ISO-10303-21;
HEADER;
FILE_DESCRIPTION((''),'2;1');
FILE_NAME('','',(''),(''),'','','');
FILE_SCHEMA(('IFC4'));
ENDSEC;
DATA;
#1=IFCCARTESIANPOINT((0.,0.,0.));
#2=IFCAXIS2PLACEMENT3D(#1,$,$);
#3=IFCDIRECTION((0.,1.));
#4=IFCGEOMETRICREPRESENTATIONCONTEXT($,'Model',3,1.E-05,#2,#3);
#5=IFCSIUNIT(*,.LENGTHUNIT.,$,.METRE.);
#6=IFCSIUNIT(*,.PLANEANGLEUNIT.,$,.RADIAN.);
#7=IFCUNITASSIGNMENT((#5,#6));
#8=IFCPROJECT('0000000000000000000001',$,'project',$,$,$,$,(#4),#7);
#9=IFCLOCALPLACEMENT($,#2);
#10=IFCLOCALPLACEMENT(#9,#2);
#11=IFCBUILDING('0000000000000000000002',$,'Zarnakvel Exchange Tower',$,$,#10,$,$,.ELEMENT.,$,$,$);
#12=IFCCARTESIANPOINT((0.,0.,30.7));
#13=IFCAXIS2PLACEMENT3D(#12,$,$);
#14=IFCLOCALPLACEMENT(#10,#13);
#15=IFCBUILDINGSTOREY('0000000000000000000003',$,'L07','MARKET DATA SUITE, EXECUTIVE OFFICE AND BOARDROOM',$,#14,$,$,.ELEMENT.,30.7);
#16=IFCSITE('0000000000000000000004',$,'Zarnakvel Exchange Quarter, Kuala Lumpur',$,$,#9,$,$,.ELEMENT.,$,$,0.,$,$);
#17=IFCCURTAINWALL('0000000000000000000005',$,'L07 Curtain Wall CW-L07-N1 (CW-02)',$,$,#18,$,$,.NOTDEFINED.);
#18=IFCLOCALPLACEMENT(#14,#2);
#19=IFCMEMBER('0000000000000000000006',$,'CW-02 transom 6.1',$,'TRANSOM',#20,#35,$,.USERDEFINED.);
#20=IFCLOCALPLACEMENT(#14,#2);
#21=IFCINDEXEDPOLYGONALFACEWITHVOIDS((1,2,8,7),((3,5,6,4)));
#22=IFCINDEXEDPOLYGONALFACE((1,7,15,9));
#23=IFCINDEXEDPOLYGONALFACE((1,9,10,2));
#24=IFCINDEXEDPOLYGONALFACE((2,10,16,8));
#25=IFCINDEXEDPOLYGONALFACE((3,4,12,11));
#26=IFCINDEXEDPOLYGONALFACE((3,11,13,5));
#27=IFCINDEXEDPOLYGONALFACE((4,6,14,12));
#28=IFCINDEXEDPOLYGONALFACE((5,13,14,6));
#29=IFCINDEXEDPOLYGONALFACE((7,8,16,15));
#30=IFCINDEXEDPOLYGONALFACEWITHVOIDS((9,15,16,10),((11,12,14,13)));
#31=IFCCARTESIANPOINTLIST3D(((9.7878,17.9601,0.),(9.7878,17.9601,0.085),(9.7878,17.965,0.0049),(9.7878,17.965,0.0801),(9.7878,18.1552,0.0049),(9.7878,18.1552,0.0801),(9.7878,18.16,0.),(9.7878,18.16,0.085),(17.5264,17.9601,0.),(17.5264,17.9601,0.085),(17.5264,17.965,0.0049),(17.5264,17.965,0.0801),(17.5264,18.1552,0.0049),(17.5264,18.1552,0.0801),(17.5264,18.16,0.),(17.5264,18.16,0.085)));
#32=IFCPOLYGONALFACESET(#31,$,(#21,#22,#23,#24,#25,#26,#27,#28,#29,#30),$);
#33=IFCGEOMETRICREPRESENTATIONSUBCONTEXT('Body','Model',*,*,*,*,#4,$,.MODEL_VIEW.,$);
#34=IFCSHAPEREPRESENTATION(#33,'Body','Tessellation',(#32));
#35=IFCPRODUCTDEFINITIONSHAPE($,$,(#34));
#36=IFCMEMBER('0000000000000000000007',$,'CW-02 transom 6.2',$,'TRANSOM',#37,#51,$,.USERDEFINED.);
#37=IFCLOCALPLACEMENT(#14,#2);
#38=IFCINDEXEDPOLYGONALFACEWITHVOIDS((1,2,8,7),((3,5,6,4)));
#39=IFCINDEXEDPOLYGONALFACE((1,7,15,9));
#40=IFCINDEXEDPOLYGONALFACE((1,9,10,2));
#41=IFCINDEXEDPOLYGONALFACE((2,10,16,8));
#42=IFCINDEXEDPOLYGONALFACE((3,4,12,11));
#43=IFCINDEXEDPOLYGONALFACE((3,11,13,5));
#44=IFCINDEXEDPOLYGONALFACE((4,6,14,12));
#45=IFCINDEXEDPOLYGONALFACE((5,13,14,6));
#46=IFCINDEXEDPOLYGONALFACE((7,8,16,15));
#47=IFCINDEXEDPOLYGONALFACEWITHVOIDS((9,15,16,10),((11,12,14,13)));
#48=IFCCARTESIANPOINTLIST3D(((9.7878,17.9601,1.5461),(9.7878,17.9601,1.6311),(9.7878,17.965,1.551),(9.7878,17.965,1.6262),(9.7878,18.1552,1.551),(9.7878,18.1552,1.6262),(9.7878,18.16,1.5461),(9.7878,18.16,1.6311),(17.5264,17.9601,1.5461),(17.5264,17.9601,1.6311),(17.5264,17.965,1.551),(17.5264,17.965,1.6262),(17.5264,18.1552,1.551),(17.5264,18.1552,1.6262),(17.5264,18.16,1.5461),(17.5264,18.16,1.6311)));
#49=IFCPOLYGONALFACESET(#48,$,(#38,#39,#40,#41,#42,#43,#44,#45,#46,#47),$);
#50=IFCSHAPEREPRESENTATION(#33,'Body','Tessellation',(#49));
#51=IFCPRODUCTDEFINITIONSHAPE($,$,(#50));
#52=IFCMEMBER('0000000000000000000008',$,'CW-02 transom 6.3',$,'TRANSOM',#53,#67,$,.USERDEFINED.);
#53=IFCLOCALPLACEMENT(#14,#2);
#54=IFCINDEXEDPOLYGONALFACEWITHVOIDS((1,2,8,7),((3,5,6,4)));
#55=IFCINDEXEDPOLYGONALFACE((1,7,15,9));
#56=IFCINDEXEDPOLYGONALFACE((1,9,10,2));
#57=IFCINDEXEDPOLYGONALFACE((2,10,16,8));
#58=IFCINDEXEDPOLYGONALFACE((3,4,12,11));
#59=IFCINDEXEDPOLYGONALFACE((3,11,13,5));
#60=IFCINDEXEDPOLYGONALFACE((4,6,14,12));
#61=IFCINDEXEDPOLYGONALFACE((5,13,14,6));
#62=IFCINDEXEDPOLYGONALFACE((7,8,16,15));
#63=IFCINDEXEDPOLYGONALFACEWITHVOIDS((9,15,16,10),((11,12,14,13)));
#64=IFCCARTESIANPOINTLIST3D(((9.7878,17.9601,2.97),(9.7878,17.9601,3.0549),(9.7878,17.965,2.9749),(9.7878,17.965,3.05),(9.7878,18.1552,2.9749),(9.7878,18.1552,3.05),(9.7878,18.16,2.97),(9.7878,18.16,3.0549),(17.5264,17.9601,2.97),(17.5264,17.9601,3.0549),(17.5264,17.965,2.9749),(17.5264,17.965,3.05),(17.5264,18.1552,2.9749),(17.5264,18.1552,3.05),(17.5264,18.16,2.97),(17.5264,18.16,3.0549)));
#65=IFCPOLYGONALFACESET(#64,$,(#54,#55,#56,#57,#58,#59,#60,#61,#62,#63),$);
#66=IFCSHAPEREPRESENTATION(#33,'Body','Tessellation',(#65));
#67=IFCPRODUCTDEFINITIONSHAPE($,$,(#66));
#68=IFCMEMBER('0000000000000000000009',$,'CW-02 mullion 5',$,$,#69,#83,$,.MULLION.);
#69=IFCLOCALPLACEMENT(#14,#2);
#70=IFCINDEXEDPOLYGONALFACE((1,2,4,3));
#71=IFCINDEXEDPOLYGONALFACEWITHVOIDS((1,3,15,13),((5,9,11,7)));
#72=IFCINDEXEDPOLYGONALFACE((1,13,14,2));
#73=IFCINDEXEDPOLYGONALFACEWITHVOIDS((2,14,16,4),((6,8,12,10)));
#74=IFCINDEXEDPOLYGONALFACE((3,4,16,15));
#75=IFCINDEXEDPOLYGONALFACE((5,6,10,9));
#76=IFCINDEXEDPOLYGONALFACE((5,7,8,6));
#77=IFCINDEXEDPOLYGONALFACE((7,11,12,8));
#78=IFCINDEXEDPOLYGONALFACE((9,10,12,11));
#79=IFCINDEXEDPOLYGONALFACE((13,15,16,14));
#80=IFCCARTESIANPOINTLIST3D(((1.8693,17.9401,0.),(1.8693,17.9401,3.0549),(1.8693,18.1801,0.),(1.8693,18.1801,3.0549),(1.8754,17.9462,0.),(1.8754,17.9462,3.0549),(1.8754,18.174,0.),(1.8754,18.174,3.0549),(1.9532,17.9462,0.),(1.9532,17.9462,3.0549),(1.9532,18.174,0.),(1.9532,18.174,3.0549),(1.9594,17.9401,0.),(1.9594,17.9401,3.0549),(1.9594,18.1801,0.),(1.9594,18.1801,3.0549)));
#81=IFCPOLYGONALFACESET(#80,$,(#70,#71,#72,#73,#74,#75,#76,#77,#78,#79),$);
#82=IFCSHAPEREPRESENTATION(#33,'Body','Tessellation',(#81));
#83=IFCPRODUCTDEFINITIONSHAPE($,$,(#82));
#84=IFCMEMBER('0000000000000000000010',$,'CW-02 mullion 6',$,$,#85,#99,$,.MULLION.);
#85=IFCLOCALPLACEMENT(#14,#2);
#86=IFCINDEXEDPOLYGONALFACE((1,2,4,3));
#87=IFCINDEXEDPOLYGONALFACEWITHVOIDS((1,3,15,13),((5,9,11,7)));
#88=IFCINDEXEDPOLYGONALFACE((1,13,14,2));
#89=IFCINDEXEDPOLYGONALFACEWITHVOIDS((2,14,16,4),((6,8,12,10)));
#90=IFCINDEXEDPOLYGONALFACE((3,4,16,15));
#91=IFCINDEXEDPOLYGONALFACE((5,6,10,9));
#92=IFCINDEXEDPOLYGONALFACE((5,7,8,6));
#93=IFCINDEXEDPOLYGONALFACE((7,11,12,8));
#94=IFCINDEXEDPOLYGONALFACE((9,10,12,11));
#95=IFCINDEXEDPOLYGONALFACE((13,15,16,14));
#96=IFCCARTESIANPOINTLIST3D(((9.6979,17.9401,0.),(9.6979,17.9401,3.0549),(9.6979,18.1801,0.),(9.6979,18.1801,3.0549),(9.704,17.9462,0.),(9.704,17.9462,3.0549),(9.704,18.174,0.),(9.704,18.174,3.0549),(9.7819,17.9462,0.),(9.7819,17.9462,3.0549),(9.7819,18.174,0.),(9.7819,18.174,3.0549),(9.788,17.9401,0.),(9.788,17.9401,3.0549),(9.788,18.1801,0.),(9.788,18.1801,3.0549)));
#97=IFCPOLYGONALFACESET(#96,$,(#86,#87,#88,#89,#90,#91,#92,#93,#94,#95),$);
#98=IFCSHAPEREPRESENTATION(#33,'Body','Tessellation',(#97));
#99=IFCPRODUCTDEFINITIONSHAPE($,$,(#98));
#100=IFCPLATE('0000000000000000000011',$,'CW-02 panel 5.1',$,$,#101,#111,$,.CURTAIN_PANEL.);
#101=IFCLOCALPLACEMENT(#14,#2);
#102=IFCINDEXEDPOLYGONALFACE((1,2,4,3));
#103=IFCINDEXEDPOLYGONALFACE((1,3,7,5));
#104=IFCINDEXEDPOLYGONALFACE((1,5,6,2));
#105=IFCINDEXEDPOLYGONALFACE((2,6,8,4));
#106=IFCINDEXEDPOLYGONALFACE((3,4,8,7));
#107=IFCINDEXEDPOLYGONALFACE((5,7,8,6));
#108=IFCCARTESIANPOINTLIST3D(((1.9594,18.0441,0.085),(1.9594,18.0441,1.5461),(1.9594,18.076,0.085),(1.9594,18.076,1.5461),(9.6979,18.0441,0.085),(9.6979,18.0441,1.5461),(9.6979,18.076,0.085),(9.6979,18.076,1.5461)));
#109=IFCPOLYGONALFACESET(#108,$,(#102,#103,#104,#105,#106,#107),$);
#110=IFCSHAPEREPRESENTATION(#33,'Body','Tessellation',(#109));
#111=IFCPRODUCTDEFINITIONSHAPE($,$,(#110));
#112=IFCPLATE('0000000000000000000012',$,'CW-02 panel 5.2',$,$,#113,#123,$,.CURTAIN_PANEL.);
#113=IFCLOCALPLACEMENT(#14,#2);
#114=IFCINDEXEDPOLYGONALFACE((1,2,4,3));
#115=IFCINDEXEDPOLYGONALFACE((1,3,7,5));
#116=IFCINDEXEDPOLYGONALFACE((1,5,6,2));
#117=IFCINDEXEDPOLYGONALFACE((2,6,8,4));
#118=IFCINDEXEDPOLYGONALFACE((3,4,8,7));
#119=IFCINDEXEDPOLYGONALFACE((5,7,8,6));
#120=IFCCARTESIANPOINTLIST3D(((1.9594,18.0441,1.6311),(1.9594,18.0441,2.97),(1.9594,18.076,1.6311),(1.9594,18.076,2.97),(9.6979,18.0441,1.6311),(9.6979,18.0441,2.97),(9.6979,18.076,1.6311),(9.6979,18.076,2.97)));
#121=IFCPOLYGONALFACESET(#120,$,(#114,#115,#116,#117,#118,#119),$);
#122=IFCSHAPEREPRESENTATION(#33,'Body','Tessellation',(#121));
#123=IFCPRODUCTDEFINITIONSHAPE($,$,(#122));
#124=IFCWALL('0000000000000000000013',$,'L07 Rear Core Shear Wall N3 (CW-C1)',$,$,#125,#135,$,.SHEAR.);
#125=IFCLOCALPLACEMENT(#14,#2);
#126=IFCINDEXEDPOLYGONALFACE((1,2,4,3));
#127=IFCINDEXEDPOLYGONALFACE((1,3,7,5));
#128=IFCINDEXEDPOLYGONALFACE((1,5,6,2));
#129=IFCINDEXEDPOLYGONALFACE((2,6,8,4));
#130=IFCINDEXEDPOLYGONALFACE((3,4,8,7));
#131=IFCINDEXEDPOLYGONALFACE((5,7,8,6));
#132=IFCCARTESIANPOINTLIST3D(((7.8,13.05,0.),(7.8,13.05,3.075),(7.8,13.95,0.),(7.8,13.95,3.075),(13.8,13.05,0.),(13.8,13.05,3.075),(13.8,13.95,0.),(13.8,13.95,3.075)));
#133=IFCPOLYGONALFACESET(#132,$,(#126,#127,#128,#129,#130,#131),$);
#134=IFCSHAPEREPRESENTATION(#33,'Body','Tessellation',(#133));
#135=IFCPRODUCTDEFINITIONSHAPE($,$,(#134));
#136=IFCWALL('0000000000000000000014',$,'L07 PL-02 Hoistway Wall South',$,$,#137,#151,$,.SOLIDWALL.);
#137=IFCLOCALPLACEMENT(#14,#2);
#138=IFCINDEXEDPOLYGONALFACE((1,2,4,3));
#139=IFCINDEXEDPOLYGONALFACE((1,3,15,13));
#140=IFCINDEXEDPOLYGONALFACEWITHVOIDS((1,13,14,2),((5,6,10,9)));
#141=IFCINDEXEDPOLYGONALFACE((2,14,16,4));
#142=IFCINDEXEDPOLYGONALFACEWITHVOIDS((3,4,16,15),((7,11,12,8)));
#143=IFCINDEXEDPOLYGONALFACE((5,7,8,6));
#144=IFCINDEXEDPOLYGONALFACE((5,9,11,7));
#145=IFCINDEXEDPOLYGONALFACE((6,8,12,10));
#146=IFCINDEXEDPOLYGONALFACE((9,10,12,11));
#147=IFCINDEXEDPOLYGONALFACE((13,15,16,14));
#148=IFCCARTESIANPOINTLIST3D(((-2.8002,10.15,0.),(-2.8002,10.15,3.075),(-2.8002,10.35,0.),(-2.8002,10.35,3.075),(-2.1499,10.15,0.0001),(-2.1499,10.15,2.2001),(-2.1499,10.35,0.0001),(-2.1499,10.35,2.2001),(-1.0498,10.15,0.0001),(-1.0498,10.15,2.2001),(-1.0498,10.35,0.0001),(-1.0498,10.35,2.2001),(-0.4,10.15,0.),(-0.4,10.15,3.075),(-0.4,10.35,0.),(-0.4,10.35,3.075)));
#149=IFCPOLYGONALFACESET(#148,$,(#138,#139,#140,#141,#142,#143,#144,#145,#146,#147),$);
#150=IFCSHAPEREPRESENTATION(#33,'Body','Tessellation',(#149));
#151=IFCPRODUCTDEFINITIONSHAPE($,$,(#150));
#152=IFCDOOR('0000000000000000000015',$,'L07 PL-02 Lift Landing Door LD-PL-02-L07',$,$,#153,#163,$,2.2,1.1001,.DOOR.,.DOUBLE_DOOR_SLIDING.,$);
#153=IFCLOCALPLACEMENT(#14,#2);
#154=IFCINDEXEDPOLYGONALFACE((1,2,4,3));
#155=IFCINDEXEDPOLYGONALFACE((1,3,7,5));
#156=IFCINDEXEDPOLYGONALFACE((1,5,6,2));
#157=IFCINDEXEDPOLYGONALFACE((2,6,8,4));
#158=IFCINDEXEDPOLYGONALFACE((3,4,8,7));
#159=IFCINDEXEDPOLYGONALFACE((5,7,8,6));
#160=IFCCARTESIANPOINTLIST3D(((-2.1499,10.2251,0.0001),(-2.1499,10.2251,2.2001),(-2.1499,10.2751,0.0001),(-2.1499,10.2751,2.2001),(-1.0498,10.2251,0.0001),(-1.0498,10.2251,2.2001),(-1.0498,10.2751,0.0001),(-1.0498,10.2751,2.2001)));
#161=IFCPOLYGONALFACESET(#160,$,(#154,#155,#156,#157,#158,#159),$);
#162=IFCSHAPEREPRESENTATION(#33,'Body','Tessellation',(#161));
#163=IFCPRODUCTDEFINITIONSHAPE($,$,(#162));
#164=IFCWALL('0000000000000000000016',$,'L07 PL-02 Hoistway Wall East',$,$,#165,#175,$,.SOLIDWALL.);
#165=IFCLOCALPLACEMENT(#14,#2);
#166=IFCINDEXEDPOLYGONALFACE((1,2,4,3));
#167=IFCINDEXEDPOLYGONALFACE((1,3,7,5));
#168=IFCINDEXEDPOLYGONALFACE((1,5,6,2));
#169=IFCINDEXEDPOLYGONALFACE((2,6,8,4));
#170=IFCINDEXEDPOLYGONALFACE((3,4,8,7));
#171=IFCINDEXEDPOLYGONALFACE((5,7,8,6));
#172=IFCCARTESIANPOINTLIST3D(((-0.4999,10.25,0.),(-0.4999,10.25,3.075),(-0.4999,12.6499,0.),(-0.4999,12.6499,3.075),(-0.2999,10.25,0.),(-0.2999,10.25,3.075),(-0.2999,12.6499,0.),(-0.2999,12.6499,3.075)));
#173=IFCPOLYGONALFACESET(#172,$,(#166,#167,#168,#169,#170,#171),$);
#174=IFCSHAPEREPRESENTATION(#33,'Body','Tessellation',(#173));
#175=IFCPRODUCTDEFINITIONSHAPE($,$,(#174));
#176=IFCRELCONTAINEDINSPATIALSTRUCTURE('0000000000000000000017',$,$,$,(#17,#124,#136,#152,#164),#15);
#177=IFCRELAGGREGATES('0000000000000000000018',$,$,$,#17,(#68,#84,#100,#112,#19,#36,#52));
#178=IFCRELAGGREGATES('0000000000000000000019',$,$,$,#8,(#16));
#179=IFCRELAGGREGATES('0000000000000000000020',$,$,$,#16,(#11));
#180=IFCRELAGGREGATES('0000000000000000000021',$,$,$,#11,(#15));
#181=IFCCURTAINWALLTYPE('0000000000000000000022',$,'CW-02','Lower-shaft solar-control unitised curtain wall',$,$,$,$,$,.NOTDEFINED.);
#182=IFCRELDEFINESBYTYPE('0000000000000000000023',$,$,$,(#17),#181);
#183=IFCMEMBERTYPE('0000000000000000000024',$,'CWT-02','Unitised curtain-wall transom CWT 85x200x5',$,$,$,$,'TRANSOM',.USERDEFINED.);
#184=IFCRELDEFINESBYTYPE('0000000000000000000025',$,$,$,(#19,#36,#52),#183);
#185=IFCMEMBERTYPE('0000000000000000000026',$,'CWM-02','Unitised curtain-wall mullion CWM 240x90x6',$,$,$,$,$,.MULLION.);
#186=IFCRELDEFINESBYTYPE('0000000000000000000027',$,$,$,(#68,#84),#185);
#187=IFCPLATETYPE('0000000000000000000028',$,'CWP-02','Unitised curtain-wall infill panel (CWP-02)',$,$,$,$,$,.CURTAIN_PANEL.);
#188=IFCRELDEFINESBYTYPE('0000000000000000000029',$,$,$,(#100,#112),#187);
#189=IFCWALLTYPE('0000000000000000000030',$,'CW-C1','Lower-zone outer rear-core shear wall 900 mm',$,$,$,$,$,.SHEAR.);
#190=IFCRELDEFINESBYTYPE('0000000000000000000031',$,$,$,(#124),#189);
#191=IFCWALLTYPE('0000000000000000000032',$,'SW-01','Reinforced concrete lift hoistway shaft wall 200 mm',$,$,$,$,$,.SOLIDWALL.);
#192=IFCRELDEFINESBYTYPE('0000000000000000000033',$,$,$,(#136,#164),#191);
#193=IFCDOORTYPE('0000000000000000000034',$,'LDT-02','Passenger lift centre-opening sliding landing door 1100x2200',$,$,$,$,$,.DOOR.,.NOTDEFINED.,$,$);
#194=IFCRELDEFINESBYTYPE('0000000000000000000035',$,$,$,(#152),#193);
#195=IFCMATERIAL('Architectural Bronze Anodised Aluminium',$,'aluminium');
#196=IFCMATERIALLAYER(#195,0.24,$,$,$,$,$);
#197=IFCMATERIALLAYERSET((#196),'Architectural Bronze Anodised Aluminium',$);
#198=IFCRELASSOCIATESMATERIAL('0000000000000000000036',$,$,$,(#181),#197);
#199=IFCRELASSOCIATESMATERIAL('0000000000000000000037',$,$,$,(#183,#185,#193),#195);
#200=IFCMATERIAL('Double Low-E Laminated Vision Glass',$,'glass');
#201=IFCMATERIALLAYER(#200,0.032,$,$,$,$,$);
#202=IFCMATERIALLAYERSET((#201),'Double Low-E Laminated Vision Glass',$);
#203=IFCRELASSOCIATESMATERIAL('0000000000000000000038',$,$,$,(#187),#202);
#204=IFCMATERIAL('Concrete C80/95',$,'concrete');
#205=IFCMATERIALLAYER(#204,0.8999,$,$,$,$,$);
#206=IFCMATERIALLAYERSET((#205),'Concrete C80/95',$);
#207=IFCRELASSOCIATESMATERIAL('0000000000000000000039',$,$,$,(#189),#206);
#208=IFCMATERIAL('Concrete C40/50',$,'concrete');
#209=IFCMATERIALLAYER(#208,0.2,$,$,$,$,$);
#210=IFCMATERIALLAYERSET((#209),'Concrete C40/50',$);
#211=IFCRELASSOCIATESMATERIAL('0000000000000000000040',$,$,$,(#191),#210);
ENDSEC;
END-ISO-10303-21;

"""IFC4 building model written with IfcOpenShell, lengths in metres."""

from ifc_helpers import new_model, si_unit, direction, frame, frame_2d, origin, origin_2d, place, context, subcontext, project, spatial, rectangle, hollow_rectangle, extrude, source, transform, mapped, material, layer, layer_set, material_profile, profile_set, type_object, element, fill, aggregate, save


model = new_model("IFC4")

# Units and contexts
model_context = context("Model", 3, precision=1e-05, world=origin(), true_north=direction((0.0, 1.0)))
body_context = subcontext(model_context, "Body", "Model", "MODEL_VIEW")
ifc_project = project(units=[si_unit("LENGTHUNIT", "METRE"), si_unit("PLANEANGLEUNIT", "RADIAN")], contexts=[model_context])

# Site, building, storey
site_placement = place(None, origin())
site = spatial("IfcSite", under=ifc_project, at=site_placement, Name="Zarnakvel Exchange Quarter, Kuala Lumpur", CompositionType="ELEMENT", RefElevation=0.0)
building_placement = place(site_placement, origin())
building = spatial("IfcBuilding", under=site, at=building_placement, Name="Zarnakvel Exchange Tower", CompositionType="ELEMENT")
storey_placement = place(building_placement, frame((0.0, 0.0, 30.7)))
storey = spatial("IfcBuildingStorey", under=building, at=storey_placement, Name="L07", Description="MARKET DATA SUITE, EXECUTIVE OFFICE AND BOARDROOM", CompositionType="ELEMENT", Elevation=30.7)

# Shared definitions
ifc_material_1 = material(Name="Concrete C80/95", Category="concrete")

# Curtain wall, members, plates
ifc_material_2 = material(Name="Architectural Bronze Anodised Aluminium", Category="aluminium")
ifc_layer_1 = layer(ifc_material_2, 0.24)
ifc_layer_set_1 = layer_set([ifc_layer_1], Name="Architectural Bronze Anodised Aluminium")
curtain_wall_type = type_object("IfcCurtainWallType", Name="CW-02", Description="Lower-shaft solar-control unitised curtain wall", PredefinedType="NOTDEFINED", material=ifc_layer_set_1)
curtain_wall_placement = place(storey_placement, origin())
curtain_wall = element("IfcCurtainWall", 1, at=curtain_wall_placement, inside=storey, type_object=curtain_wall_type, Name="L07 Curtain Wall CW-L07-N1 (CW-02)", PredefinedType="NOTDEFINED")
ifc_material_profile_1 = material_profile(ifc_material_2, hollow_rectangle(XDim=0.2, YDim=0.085, WallThickness=0.0049, at=origin_2d()))
ifc_profile_set_1 = profile_set([ifc_material_profile_1], Name="Architectural Bronze Anodised Aluminium")
member_type_1 = type_object("IfcMemberType", Name="CWT-02", Description="Unitised curtain-wall transom CWT 85x200x5", ElementType="TRANSOM", PredefinedType="USERDEFINED", material=ifc_profile_set_1)
shared_shape_1 = source(origin(), body_context, "Body", "SweptSolid", [
    extrude(hollow_rectangle(XDim=0.2, YDim=0.085, WallThickness=0.0049, at=origin_2d()), origin(), (0.0, 0.0, 1.0), 7.7385),
])
member_1_placement = place(storey_placement, frame((9.7878, 18.0601, 0.0425), z_axis=(1.0, 0.0, 0.0), x_axis=(0.0, 1.0, 0.0)))
member_1 = element("IfcMember", 2, at=member_1_placement, type_object=member_type_1, Name="CW-02 transom 6.1", ObjectType="TRANSOM", PredefinedType="USERDEFINED", context=body_context, shape_type="MappedRepresentation", body=[
    mapped(shared_shape_1, transform((0.0, 0.0, 0.0), x_axis=(1.0, 0.0, 0.0), y_axis=(0.0, 1.0, 0.0), z_axis=(0.0, 0.0, 1.0), scale=1.0)),
])
member_2_placement = place(storey_placement, frame((9.7878, 18.0601, 1.5886), z_axis=(1.0, 0.0, 0.0), x_axis=(0.0, 1.0, 0.0)))
member_2 = element("IfcMember", 3, at=member_2_placement, type_object=member_type_1, Name="CW-02 transom 6.2", ObjectType="TRANSOM", PredefinedType="USERDEFINED", context=body_context, shape_type="MappedRepresentation", body=[
    mapped(shared_shape_1, transform((0.0, 0.0, 0.0), x_axis=(1.0, 0.0, 0.0), y_axis=(0.0, 1.0, 0.0), z_axis=(0.0, 0.0, 1.0), scale=1.0)),
])
member_3_placement = place(storey_placement, frame((9.7878, 18.0601, 3.0125), z_axis=(1.0, 0.0, 0.0), x_axis=(0.0, 1.0, 0.0)))
member_3 = element("IfcMember", 4, at=member_3_placement, type_object=member_type_1, Name="CW-02 transom 6.3", ObjectType="TRANSOM", PredefinedType="USERDEFINED", context=body_context, shape_type="MappedRepresentation", body=[
    mapped(shared_shape_1, transform((0.0, 0.0, 0.0), x_axis=(1.0, 0.0, 0.0), y_axis=(0.0, 1.0, 0.0), z_axis=(0.0, 0.0, 1.0), scale=1.0)),
])
ifc_material_profile_2 = material_profile(ifc_material_2, hollow_rectangle(XDim=0.24, YDim=0.0901, WallThickness=0.0061, at=origin_2d()))
ifc_profile_set_2 = profile_set([ifc_material_profile_2], Name="Architectural Bronze Anodised Aluminium")
member_type_2 = type_object("IfcMemberType", Name="CWM-02", Description="Unitised curtain-wall mullion CWM 240x90x6", PredefinedType="MULLION", material=ifc_profile_set_2)
shared_shape_2 = source(origin(), body_context, "Body", "SweptSolid", [
    extrude(hollow_rectangle(XDim=0.24, YDim=0.0901, WallThickness=0.0061, at=origin_2d()), origin(), (0.0, 0.0, 1.0), 3.0549),
])
member_4_placement = place(storey_placement, frame((1.9143, 18.0601, 0.0), z_axis=(0.0, 0.0, 1.0), x_axis=(0.0, 1.0, 0.0)))
member_4 = element("IfcMember", 5, at=member_4_placement, type_object=member_type_2, Name="CW-02 mullion 5", PredefinedType="MULLION", context=body_context, shape_type="MappedRepresentation", body=[
    mapped(shared_shape_2, transform((0.0, 0.0, 0.0), x_axis=(1.0, 0.0, 0.0), y_axis=(0.0, 1.0, 0.0), z_axis=(0.0, 0.0, 1.0), scale=1.0)),
])
member_5_placement = place(storey_placement, frame((9.7429, 18.0601, 0.0), z_axis=(0.0, 0.0, 1.0), x_axis=(0.0, 1.0, 0.0)))
member_5 = element("IfcMember", 6, at=member_5_placement, type_object=member_type_2, Name="CW-02 mullion 6", PredefinedType="MULLION", context=body_context, shape_type="MappedRepresentation", body=[
    mapped(shared_shape_2, transform((0.0, 0.0, 0.0), x_axis=(1.0, 0.0, 0.0), y_axis=(0.0, 1.0, 0.0), z_axis=(0.0, 0.0, 1.0), scale=1.0)),
])
ifc_material_3 = material(Name="Double Low-E Laminated Vision Glass", Category="glass")
ifc_layer_2 = layer(ifc_material_3, 0.032)
ifc_layer_set_2 = layer_set([ifc_layer_2], Name="Double Low-E Laminated Vision Glass")
plate_type = type_object("IfcPlateType", Name="CWP-02", Description="Unitised curtain-wall infill panel (CWP-02)", PredefinedType="CURTAIN_PANEL", material=ifc_layer_set_2)
shared_shape_3 = source(origin(), body_context, "Body", "SweptSolid", [
    extrude(rectangle(XDim=7.7385, YDim=0.032, at=origin_2d()), origin(), (0.0, 0.0, 1.0), 1.4612),
])
plate_1_placement = place(storey_placement, frame((5.8286, 18.0601, 0.085), z_axis=(0.0, 0.0, 1.0), x_axis=(1.0, 0.0, 0.0)))
plate_1 = element("IfcPlate", 7, at=plate_1_placement, type_object=plate_type, Name="CW-02 panel 5.1", PredefinedType="CURTAIN_PANEL", context=body_context, shape_type="MappedRepresentation", body=[
    mapped(shared_shape_3, transform((0.0, 0.0, 0.0), x_axis=(1.0, 0.0, 0.0), y_axis=(0.0, 1.0, 0.0), z_axis=(0.0, 0.0, 1.0), scale=1.0)),
])
shared_shape_4 = source(origin(), body_context, "Body", "SweptSolid", [
    extrude(rectangle(XDim=7.7385, YDim=0.032, at=origin_2d()), origin(), (0.0, 0.0, 1.0), 1.3389),
])
plate_2_placement = place(storey_placement, frame((5.8286, 18.0601, 1.6311), z_axis=(0.0, 0.0, 1.0), x_axis=(1.0, 0.0, 0.0)))
plate_2 = element("IfcPlate", 8, at=plate_2_placement, type_object=plate_type, Name="CW-02 panel 5.2", PredefinedType="CURTAIN_PANEL", context=body_context, shape_type="MappedRepresentation", body=[
    mapped(shared_shape_4, transform((0.0, 0.0, 0.0), x_axis=(1.0, 0.0, 0.0), y_axis=(0.0, 1.0, 0.0), z_axis=(0.0, 0.0, 1.0), scale=1.0)),
])
aggregate(curtain_wall, [member_4, member_5, plate_1, plate_2, member_1, member_2, member_3])

# Wall
ifc_layer_3 = layer(ifc_material_1, 0.8999)
ifc_layer_set_3 = layer_set([ifc_layer_3], Name="Concrete C80/95")
wall_type_1 = type_object("IfcWallType", Name="CW-C1", Description="Lower-zone outer rear-core shear wall 900 mm", PredefinedType="SHEAR", material=ifc_layer_set_3)
wall_1_placement = place(storey_placement, frame((7.8, 13.5, 0.0), z_axis=(0.0, 0.0, 1.0), x_axis=(1.0, 0.0, 0.0)))
element("IfcWall", 9, at=wall_1_placement, inside=storey, type_object=wall_type_1, Name="L07 Rear Core Shear Wall N3 (CW-C1)", PredefinedType="SHEAR", context=body_context, shape_type="SweptSolid", body=[
    extrude(rectangle(XDim=6.0, YDim=0.8999, at=frame_2d((3.0, 0.0))), origin(), (0.0, 0.0, 1.0), 3.075),
])

# Wall, opening, door
ifc_material_4 = material(Name="Concrete C40/50", Category="concrete")
ifc_layer_4 = layer(ifc_material_4, 0.2)
ifc_layer_set_4 = layer_set([ifc_layer_4], Name="Concrete C40/50")
wall_type_2 = type_object("IfcWallType", Name="SW-01", Description="Reinforced concrete lift hoistway shaft wall 200 mm", PredefinedType="SOLIDWALL", material=ifc_layer_set_4)
wall_2_placement = place(storey_placement, frame((-0.3999, 10.25, 0.0), z_axis=(0.0, 0.0, 1.0), x_axis=(-1.0, 0.0, 0.0)))
wall_2 = element("IfcWall", 10, at=wall_2_placement, inside=storey, type_object=wall_type_2, Name="L07 PL-02 Hoistway Wall South", PredefinedType="SOLIDWALL", context=body_context, shape_type="SweptSolid", body=[
    extrude(rectangle(XDim=2.4001, YDim=0.2, at=frame_2d((1.2002, 0.0))), origin(), (0.0, 0.0, 1.0), 3.075),
])
opening_1_placement = place(wall_2_placement, frame((0.6499, 0.0, 0.0)))
opening_1 = element("IfcOpeningElement", 11, at=opening_1_placement, cuts=wall_2, PredefinedType="OPENING", context=body_context, shape_type="SweptSolid", body=[
    extrude(rectangle(XDim=1.1001, YDim=2.2, at=frame_2d((0.55, 1.1001))), frame((0.0, 0.1099, 0.0), z_axis=(0.0, -1.0, 0.0), x_axis=(1.0, 0.0, 0.0)), (0.0, 0.0, 1.0), 0.22),
])
door_type = type_object("IfcDoorType", Name="LDT-02", Description="Passenger lift centre-opening sliding landing door 1100x2200", OperationType="NOTDEFINED", PredefinedType="DOOR", material=ifc_material_2)
shared_shape_5 = source(origin(), body_context, "Body", "SweptSolid", [
    extrude(rectangle(XDim=1.1001, YDim=2.2, at=frame_2d((0.55, 1.1001))), frame((0.0, 0.0249, 0.0), z_axis=(0.0, -1.0, 0.0), x_axis=(1.0, 0.0, 0.0)), (0.0, 0.0, 1.0), 0.05),
])
door_1_placement = place(opening_1_placement, origin())
door_1 = element("IfcDoor", 12, at=door_1_placement, inside=storey, type_object=door_type, Name="L07 PL-02 Lift Landing Door LD-PL-02-L07", OperationType="DOUBLE_DOOR_SLIDING", OverallHeight=2.2, OverallWidth=1.1001, PredefinedType="DOOR", context=body_context, shape_type="MappedRepresentation", body=[
    mapped(shared_shape_5, transform((0.0, 0.0, 0.0), x_axis=(1.0, 0.0, 0.0), y_axis=(0.0, 1.0, 0.0), z_axis=(0.0, 0.0, 1.0), scale=1.0)),
])
fill(opening_1, door_1)

# Wall
wall_3_placement = place(storey_placement, frame((-0.3999, 12.6499, 0.0), z_axis=(0.0, 0.0, 1.0), x_axis=(0.0, -1.0, 0.0)))
element("IfcWall", 13, at=wall_3_placement, inside=storey, type_object=wall_type_2, Name="L07 PL-02 Hoistway Wall East", PredefinedType="SOLIDWALL", context=body_context, shape_type="SweptSolid", body=[
    extrude(rectangle(XDim=2.3999, YDim=0.2, at=frame_2d((1.2, 0.0))), origin(), (0.0, 0.0, 1.0), 3.075),
])

save(model, "model.ifc")
